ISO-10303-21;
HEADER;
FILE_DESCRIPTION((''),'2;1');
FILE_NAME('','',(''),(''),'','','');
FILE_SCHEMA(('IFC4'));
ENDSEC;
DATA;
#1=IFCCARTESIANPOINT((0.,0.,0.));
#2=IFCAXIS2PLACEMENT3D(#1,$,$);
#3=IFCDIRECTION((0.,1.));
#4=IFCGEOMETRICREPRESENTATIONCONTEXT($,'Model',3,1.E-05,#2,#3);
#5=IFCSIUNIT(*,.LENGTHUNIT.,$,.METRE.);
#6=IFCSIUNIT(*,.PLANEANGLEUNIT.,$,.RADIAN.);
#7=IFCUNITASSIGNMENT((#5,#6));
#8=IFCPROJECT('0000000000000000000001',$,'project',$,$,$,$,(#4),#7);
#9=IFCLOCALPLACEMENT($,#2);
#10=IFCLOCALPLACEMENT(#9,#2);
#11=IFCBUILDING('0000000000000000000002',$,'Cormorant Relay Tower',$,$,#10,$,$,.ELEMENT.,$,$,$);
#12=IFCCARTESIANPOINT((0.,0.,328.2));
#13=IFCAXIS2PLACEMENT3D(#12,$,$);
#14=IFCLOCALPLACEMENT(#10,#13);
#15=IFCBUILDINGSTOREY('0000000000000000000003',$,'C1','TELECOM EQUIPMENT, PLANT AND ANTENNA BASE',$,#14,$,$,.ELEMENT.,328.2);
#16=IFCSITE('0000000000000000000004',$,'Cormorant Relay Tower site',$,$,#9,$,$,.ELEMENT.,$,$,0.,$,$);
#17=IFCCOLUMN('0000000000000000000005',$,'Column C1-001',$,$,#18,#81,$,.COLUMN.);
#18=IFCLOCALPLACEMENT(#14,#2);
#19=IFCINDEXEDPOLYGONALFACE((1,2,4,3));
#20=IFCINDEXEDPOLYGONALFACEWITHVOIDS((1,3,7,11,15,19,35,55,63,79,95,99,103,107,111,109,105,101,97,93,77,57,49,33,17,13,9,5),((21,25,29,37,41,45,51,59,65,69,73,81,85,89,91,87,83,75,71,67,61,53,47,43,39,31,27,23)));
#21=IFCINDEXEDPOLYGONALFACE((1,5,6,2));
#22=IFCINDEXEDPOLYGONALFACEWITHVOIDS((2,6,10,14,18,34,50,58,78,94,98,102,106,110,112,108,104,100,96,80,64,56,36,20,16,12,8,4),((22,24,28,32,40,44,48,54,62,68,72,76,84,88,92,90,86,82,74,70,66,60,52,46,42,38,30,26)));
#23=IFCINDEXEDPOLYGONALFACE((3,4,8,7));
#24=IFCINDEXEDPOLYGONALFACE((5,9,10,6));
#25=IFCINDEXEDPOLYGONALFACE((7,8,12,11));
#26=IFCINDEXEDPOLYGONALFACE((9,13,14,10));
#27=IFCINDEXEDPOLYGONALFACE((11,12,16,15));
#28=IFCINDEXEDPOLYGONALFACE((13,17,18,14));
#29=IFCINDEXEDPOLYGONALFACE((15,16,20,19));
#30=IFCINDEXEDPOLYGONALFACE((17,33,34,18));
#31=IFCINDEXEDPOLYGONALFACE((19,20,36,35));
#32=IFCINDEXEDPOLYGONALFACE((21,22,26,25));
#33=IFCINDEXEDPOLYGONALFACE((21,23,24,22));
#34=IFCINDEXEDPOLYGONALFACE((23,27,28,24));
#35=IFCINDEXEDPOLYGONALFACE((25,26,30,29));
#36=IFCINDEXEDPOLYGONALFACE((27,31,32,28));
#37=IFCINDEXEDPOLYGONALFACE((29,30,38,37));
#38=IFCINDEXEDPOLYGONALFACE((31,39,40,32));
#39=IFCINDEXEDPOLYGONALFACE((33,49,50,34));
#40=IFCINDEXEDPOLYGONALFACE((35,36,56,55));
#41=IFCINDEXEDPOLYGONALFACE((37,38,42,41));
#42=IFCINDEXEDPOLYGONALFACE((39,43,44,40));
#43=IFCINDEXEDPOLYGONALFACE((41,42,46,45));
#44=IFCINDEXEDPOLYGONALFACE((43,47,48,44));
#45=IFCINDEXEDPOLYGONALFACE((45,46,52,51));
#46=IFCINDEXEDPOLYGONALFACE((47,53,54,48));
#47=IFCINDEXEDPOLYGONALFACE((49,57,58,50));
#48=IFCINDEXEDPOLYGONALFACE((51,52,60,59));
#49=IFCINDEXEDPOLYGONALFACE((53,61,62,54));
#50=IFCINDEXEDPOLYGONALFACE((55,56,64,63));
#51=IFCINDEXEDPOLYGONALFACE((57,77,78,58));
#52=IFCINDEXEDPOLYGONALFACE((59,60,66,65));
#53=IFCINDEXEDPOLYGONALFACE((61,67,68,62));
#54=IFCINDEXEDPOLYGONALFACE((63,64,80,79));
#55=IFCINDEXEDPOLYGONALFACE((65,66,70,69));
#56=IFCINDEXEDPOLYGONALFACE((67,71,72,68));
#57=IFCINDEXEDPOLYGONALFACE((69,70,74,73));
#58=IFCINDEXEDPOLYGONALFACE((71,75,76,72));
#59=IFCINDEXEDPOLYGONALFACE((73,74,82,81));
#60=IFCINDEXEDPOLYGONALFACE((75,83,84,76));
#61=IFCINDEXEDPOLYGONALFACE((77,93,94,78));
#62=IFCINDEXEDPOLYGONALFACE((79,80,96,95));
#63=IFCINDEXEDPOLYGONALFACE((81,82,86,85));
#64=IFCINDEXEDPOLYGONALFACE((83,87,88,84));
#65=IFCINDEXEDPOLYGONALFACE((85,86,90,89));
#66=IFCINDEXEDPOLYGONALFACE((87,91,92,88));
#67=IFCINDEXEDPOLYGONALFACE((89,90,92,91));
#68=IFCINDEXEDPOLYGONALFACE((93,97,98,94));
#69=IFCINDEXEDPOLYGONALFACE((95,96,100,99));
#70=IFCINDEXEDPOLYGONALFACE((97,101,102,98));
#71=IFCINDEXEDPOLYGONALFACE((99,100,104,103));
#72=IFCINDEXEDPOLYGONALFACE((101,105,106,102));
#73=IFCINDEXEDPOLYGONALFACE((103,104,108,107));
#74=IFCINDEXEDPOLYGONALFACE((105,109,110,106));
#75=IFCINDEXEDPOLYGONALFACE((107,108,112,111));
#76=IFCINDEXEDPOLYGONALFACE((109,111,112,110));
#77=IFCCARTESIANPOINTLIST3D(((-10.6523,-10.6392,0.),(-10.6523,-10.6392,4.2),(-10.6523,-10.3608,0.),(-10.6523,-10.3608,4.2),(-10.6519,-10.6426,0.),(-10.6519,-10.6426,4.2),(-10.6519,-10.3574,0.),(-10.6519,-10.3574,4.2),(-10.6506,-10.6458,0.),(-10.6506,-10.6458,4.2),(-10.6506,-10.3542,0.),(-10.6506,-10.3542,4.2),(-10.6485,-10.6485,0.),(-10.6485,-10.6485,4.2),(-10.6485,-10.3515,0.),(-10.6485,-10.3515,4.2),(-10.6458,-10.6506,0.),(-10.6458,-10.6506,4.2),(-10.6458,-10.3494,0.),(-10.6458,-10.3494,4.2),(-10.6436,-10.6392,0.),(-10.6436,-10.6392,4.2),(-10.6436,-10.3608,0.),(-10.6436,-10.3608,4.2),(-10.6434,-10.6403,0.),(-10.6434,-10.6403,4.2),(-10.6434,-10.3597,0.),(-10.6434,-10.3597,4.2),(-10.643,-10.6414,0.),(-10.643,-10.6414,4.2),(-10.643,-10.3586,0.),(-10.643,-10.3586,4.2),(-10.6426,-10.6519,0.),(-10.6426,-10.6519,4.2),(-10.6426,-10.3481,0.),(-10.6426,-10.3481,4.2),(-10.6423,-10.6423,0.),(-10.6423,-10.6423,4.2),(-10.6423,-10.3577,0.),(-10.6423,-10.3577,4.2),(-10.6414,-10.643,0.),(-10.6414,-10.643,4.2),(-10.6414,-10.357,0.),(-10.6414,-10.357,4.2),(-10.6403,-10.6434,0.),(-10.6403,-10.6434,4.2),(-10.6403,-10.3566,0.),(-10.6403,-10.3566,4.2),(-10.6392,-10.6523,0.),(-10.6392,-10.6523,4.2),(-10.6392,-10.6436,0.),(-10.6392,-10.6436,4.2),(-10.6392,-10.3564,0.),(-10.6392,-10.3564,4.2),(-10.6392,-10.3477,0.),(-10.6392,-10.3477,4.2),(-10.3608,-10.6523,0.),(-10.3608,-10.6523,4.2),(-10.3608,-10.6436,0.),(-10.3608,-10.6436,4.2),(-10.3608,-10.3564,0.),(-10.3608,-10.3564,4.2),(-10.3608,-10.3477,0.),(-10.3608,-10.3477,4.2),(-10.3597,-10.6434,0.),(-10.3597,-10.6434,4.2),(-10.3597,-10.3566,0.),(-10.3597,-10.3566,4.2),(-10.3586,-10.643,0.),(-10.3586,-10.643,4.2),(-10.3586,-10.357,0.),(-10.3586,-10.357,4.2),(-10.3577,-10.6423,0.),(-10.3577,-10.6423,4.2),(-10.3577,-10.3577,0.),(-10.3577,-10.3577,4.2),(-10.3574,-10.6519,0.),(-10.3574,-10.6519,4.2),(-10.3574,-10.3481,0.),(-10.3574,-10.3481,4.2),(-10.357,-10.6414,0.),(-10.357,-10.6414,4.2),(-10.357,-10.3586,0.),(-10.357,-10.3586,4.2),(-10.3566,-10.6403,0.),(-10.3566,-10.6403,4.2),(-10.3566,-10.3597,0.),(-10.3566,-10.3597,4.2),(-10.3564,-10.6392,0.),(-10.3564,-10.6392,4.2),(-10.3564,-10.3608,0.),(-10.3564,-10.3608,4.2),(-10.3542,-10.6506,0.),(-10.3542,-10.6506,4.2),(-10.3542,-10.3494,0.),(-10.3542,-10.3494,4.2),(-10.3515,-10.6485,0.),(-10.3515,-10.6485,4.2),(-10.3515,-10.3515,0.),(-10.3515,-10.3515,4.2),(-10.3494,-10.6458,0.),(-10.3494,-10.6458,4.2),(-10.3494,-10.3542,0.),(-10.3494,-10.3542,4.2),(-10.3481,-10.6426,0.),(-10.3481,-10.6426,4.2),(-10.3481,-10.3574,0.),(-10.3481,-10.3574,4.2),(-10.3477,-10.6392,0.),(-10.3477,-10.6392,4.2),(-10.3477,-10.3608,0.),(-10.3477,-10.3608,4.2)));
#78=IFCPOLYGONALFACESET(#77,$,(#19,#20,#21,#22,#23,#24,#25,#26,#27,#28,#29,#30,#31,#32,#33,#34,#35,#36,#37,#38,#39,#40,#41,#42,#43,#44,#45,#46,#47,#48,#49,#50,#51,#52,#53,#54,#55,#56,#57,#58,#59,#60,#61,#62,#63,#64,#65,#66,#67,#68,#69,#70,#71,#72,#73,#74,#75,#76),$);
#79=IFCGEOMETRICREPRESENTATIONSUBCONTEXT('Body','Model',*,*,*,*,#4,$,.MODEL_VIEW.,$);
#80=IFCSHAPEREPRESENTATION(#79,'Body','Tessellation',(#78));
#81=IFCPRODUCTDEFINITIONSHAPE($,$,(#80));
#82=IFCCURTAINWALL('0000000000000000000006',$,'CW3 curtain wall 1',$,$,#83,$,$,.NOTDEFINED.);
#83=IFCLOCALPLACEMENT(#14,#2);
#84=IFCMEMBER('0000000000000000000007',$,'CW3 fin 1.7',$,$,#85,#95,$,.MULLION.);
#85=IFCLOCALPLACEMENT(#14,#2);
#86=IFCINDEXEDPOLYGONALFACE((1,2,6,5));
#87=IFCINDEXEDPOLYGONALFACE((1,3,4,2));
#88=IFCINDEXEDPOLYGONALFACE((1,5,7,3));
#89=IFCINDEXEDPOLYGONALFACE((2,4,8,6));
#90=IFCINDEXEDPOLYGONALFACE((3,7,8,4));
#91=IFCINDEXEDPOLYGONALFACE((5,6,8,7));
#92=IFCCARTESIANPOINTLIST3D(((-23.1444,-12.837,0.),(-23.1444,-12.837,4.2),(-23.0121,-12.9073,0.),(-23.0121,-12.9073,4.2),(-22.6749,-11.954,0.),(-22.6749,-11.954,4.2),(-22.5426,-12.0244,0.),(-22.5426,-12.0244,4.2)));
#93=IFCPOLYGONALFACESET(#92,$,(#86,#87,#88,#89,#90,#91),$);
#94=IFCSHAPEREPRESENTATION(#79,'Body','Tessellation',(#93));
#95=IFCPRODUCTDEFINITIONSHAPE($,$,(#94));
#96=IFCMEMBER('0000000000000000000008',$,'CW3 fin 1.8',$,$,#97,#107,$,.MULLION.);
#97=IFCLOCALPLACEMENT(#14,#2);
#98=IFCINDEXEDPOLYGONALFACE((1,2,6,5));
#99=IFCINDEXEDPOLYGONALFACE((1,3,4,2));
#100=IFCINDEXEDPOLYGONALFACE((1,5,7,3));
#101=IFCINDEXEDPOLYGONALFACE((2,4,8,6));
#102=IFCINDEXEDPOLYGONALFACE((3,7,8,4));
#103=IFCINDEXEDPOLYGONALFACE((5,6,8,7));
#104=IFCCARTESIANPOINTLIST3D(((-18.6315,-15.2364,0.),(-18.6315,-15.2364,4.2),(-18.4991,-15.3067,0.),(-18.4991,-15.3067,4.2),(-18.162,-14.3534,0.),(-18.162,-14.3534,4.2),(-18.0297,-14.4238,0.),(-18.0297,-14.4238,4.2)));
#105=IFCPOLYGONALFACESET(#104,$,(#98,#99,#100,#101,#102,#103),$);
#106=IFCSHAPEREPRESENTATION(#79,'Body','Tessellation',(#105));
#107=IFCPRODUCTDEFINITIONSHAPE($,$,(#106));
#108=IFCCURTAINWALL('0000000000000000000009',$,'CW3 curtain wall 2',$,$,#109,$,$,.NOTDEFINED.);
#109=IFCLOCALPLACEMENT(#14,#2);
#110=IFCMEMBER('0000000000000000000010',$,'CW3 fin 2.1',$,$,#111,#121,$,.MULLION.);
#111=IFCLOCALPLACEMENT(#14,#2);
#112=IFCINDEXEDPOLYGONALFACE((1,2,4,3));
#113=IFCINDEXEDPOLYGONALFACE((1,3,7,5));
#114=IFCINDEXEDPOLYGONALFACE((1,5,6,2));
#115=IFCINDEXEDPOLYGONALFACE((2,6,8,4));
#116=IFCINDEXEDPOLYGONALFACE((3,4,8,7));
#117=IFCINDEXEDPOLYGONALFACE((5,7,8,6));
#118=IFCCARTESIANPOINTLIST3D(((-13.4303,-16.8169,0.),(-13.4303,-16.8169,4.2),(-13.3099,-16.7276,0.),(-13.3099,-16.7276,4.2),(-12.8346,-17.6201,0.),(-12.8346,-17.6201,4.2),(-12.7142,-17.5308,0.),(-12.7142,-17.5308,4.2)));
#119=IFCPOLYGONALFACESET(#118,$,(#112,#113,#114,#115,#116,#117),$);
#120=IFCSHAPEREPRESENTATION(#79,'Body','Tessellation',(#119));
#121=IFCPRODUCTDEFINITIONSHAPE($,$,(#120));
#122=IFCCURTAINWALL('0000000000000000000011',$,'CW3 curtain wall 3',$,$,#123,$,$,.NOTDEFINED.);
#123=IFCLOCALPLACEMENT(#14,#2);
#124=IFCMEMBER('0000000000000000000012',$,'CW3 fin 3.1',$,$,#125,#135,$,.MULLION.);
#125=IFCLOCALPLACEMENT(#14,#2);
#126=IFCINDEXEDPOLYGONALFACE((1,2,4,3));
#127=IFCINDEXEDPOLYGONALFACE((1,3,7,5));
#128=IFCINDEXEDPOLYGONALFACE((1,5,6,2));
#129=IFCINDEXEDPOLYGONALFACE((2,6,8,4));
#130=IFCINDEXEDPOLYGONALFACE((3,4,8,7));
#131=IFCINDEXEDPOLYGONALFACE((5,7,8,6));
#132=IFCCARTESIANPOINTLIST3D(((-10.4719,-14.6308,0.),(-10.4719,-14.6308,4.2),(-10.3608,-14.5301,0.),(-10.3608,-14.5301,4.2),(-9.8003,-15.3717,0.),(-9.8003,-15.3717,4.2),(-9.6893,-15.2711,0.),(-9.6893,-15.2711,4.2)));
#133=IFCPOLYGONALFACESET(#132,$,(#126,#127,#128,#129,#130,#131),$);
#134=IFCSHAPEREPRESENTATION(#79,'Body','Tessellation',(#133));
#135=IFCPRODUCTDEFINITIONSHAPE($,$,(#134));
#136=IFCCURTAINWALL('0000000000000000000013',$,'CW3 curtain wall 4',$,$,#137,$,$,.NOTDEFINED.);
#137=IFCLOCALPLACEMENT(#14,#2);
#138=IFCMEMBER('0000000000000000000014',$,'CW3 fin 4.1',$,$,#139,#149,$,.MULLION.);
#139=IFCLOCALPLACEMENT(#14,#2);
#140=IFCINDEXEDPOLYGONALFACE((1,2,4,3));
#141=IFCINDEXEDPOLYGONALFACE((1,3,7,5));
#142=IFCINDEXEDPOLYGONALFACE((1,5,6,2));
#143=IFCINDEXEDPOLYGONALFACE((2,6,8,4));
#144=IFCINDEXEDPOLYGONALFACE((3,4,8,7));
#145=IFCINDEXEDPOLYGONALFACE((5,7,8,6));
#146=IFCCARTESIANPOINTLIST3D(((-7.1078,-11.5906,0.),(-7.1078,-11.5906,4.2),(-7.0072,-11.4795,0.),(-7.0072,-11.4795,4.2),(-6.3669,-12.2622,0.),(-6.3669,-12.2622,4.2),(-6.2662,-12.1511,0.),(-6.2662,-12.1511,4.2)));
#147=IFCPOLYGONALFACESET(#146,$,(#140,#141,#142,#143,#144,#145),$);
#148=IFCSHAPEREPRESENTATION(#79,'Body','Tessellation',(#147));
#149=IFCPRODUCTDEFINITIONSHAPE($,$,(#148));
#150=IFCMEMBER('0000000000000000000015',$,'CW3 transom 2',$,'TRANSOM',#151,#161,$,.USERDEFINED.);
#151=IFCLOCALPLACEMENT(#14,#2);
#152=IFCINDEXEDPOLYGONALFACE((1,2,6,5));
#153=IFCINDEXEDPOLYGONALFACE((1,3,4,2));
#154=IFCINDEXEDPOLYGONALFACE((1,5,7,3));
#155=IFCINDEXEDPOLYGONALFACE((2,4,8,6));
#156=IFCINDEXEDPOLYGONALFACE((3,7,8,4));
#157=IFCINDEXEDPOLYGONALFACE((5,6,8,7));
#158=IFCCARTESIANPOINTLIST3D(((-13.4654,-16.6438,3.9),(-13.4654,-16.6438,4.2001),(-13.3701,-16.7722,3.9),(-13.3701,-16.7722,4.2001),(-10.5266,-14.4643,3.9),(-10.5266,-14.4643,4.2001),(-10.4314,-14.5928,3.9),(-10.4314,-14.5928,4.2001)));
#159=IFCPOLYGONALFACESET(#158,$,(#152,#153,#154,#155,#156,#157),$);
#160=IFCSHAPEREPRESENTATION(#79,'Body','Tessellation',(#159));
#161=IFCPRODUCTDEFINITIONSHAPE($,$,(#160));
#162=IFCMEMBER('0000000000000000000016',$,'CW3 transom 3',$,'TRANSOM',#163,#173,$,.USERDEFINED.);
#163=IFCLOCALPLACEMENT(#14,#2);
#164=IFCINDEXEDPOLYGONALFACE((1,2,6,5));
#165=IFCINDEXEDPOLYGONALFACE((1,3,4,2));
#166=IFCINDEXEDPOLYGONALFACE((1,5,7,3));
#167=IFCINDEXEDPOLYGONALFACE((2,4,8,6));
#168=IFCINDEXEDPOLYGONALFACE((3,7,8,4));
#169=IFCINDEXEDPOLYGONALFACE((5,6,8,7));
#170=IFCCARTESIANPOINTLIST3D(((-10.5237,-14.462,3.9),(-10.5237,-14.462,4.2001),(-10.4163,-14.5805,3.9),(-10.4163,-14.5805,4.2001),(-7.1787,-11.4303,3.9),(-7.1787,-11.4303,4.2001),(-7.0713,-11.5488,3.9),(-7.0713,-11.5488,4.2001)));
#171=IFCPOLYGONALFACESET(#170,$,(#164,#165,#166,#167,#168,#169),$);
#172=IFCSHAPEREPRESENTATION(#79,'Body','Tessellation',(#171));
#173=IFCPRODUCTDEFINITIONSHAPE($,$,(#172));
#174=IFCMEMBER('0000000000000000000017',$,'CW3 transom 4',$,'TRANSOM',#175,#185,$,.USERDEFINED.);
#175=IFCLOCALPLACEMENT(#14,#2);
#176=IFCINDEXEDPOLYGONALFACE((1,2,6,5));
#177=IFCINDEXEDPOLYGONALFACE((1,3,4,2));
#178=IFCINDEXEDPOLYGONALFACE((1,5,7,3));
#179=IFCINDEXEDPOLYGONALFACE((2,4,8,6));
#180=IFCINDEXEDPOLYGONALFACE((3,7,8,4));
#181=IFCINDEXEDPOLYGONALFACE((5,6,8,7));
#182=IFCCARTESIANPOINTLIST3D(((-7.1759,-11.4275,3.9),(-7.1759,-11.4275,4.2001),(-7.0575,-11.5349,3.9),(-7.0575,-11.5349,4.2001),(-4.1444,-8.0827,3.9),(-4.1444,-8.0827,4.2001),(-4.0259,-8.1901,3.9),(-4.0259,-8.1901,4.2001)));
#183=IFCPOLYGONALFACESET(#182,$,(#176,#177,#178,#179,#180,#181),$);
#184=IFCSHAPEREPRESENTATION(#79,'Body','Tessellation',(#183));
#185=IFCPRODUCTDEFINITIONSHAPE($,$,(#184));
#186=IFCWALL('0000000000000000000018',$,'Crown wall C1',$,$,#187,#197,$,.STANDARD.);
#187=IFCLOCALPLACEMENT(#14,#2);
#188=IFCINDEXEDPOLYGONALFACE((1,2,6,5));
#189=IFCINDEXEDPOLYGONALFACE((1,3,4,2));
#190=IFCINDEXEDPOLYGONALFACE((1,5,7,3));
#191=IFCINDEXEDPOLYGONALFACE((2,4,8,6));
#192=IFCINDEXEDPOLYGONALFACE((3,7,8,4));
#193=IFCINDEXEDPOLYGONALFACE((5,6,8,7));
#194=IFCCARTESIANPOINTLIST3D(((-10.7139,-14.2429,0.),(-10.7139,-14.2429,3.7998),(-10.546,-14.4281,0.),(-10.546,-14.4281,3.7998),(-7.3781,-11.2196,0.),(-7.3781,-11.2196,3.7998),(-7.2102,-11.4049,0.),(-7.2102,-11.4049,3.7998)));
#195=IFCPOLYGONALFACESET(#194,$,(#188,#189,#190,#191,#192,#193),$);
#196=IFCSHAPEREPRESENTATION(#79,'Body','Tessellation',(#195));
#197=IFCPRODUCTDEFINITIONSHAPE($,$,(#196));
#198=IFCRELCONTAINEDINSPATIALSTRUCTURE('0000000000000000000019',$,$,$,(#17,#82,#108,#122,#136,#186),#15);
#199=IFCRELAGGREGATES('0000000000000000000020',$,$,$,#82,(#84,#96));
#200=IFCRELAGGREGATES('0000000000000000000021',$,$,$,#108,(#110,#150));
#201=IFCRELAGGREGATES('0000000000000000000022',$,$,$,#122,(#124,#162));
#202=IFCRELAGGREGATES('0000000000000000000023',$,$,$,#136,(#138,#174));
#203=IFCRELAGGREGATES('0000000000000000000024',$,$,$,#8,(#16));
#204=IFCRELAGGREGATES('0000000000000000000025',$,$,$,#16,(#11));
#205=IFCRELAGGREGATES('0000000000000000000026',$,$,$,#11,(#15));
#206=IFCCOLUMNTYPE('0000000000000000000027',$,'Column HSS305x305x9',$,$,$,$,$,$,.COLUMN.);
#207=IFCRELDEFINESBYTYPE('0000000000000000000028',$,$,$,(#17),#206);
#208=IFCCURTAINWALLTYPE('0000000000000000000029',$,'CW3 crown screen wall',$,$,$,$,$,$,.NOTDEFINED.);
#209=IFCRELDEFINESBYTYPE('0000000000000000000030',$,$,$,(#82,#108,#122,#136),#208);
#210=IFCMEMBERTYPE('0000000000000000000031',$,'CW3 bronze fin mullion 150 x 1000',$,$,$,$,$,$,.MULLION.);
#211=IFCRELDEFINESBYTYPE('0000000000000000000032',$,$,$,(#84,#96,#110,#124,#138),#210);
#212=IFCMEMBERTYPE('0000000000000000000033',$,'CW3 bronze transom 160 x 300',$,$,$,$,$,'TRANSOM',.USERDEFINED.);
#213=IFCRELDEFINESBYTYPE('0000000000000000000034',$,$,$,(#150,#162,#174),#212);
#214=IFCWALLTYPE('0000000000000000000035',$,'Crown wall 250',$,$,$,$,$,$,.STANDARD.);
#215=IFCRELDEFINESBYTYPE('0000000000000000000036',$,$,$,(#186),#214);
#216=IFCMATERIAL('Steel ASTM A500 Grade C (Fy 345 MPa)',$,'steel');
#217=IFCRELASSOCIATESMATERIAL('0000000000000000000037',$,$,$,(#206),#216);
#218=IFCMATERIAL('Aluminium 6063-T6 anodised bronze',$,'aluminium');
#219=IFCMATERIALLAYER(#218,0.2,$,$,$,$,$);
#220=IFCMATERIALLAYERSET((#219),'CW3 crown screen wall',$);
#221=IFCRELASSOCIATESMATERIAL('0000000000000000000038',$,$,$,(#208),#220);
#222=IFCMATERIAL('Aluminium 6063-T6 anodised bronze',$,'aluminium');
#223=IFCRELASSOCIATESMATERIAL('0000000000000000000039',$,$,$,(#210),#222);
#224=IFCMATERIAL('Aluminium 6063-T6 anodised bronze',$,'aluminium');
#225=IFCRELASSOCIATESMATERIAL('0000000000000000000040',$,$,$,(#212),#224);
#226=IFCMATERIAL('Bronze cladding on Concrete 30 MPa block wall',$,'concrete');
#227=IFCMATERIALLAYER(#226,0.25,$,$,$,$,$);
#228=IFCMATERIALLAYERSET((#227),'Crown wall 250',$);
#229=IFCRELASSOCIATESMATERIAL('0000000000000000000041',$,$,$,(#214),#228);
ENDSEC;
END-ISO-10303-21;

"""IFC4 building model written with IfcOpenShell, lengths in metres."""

from ifc_helpers import new_model, si_unit, direction, frame, frame_2d, origin, origin_2d, place, context, subcontext, project, spatial, rectangle, hollow_rectangle, extrude, material, layer, layer_set, material_profile, profile_set, type_object, element, aggregate, save


model = new_model("IFC4")

# Units and contexts
model_context = context("Model", 3, precision=1e-05, world=origin(), true_north=direction((0.0, 1.0)))
body_context = subcontext(model_context, "Body", "Model", "MODEL_VIEW")
ifc_project = project(units=[si_unit("LENGTHUNIT", "METRE"), si_unit("PLANEANGLEUNIT", "RADIAN")], contexts=[model_context])

# Site, building, storey
site_placement = place(None, origin())
site = spatial("IfcSite", under=ifc_project, at=site_placement, Name="Cormorant Relay Tower site", CompositionType="ELEMENT", RefElevation=0.0)
building_placement = place(site_placement, origin())
building = spatial("IfcBuilding", under=site, at=building_placement, Name="Cormorant Relay Tower", CompositionType="ELEMENT")
storey_placement = place(building_placement, frame((0.0, 0.0, 328.2)))
storey = spatial("IfcBuildingStorey", under=building, at=storey_placement, Name="C1", Description="TELECOM EQUIPMENT, PLANT AND ANTENNA BASE", CompositionType="ELEMENT", Elevation=328.2)

# Column
ifc_material_1 = material(Name="Steel ASTM A500 Grade C (Fy 345 MPa)", Category="steel")
ifc_material_profile_1 = material_profile(ifc_material_1, hollow_rectangle(XDim=0.3047, YDim=0.3047, WallThickness=0.0088, InnerFilletRadius=0.0044, OuterFilletRadius=0.0132, at=origin_2d()), Name="HSS305x305x9")
ifc_profile_set_1 = profile_set([ifc_material_profile_1], Name="Steel ASTM A500 Grade C (Fy 345 MPa)")
column_type = type_object("IfcColumnType", Name="Column HSS305x305x9", PredefinedType="COLUMN", material=ifc_profile_set_1)
column_placement = place(storey_placement, frame((-10.5, -10.5, 0.0), z_axis=(0.0, 0.0, 1.0), x_axis=(1.0, 0.0, 0.0)))
element("IfcColumn", 1, at=column_placement, inside=storey, type_object=column_type, Name="Column C1-001", PredefinedType="COLUMN", context=body_context, shape_type="SweptSolid", body=[
    extrude(hollow_rectangle(XDim=0.3047, YDim=0.3047, WallThickness=0.0088, InnerFilletRadius=0.0044, OuterFilletRadius=0.0132, at=origin_2d()), origin(), (0.0, 0.0, 1.0), 4.2),
])

# Curtain wall, members
ifc_material_2 = material(Name="Aluminium 6063-T6 anodised bronze", Category="aluminium")
ifc_layer_1 = layer(ifc_material_2, 0.2)
ifc_layer_set_1 = layer_set([ifc_layer_1], Name="CW3 crown screen wall")
curtain_wall_type = type_object("IfcCurtainWallType", Name="CW3 crown screen wall", PredefinedType="NOTDEFINED", material=ifc_layer_set_1)
curtain_wall_1_placement = place(storey_placement, origin())
curtain_wall_1 = element("IfcCurtainWall", 2, at=curtain_wall_1_placement, inside=storey, type_object=curtain_wall_type, Name="CW3 curtain wall 1", PredefinedType="NOTDEFINED")
ifc_material_3 = material(Name="Aluminium 6063-T6 anodised bronze", Category="aluminium")
ifc_material_profile_2 = material_profile(ifc_material_3, rectangle(XDim=0.1499, YDim=1.0, at=origin_2d()), Name="AL 150x1000")
ifc_profile_set_2 = profile_set([ifc_material_profile_2], Name="Aluminium 6063-T6 anodised bronze")
member_type_1 = type_object("IfcMemberType", Name="CW3 bronze fin mullion 150 x 1000", PredefinedType="MULLION", material=ifc_profile_set_2)
member_1_placement = place(storey_placement, frame((-22.8435, -12.4307, 0.0), z_axis=(0.0, 0.0, 1.0), x_axis=(0.882948, -0.469472, 0.0)))
member_1 = element("IfcMember", 3, at=member_1_placement, type_object=member_type_1, Name="CW3 fin 1.7", PredefinedType="MULLION", context=body_context, shape_type="SweptSolid", body=[
    extrude(rectangle(XDim=0.1499, YDim=1.0, at=origin_2d()), origin(), (0.0, 0.0, 1.0), 4.2),
])
member_2_placement = place(storey_placement, frame((-18.3306, -14.8301, 0.0), z_axis=(0.0, 0.0, 1.0), x_axis=(0.882948, -0.469472, 0.0)))
member_2 = element("IfcMember", 4, at=member_2_placement, type_object=member_type_1, Name="CW3 fin 1.8", PredefinedType="MULLION", context=body_context, shape_type="SweptSolid", body=[
    extrude(rectangle(XDim=0.1499, YDim=1.0, at=origin_2d()), origin(), (0.0, 0.0, 1.0), 4.2),
])

# Curtain walls, members
curtain_wall_2_placement = place(storey_placement, origin())
curtain_wall_2 = element("IfcCurtainWall", 5, at=curtain_wall_2_placement, inside=storey, type_object=curtain_wall_type, Name="CW3 curtain wall 2", PredefinedType="NOTDEFINED")
member_3_placement = place(storey_placement, frame((-13.0723, -17.1738, 0.0), z_axis=(0.0, 0.0, 1.0), x_axis=(0.803208, 0.595699, 0.0)))
member_3 = element("IfcMember", 6, at=member_3_placement, type_object=member_type_1, Name="CW3 fin 2.1", PredefinedType="MULLION", context=body_context, shape_type="SweptSolid", body=[
    extrude(rectangle(XDim=0.1499, YDim=1.0, at=origin_2d()), origin(), (0.0, 0.0, 1.0), 4.2),
])
curtain_wall_3_placement = place(storey_placement, origin())
curtain_wall_3 = element("IfcCurtainWall", 7, at=curtain_wall_3_placement, inside=storey, type_object=curtain_wall_type, Name="CW3 curtain wall 3", PredefinedType="NOTDEFINED")
member_4_placement = place(storey_placement, frame((-10.0806, -14.9509, 0.0), z_axis=(0.0, 0.0, 1.0), x_axis=(0.740951, 0.671559, 0.0)))
member_4 = element("IfcMember", 8, at=member_4_placement, type_object=member_type_1, Name="CW3 fin 3.1", PredefinedType="MULLION", context=body_context, shape_type="SweptSolid", body=[
    extrude(rectangle(XDim=0.1499, YDim=1.0, at=origin_2d()), origin(), (0.0, 0.0, 1.0), 4.2),
])
curtain_wall_4_placement = place(storey_placement, origin())
curtain_wall_4 = element("IfcCurtainWall", 9, at=curtain_wall_4_placement, inside=storey, type_object=curtain_wall_type, Name="CW3 curtain wall 4", PredefinedType="NOTDEFINED")
member_5_placement = place(storey_placement, frame((-6.687, -11.8708, 0.0), z_axis=(0.0, 0.0, 1.0), x_axis=(0.671559, 0.740951, 0.0)))
member_5 = element("IfcMember", 10, at=member_5_placement, type_object=member_type_1, Name="CW3 fin 4.1", PredefinedType="MULLION", context=body_context, shape_type="SweptSolid", body=[
    extrude(rectangle(XDim=0.1499, YDim=1.0, at=origin_2d()), origin(), (0.0, 0.0, 1.0), 4.2),
])

# Members
ifc_material_4 = material(Name="Aluminium 6063-T6 anodised bronze", Category="aluminium")
ifc_material_profile_3 = material_profile(ifc_material_4, rectangle(XDim=0.1599, YDim=0.3, at=origin_2d()), Name="AL 160x300")
ifc_profile_set_3 = profile_set([ifc_material_profile_3], Name="Aluminium 6063-T6 anodised bronze")
member_type_2 = type_object("IfcMemberType", Name="CW3 bronze transom 160 x 300", ElementType="TRANSOM", PredefinedType="USERDEFINED", material=ifc_profile_set_3)
member_6_placement = place(storey_placement, frame((-13.4177, -16.708, 4.05), z_axis=(0.803215, 0.595689, 0.0), x_axis=(-0.595689, 0.803215, 0.0)))
member_6 = element("IfcMember", 11, at=member_6_placement, type_object=member_type_2, Name="CW3 transom 2", ObjectType="TRANSOM", PredefinedType="USERDEFINED", context=body_context, shape_type="SweptSolid", body=[
    extrude(rectangle(XDim=0.1599, YDim=0.3, at=origin_2d()), origin(), (0.0, 0.0, 1.0), 3.6587),
])
member_7_placement = place(storey_placement, frame((-10.47, -14.5212, 4.05), z_axis=(0.740947, 0.671563, 0.0), x_axis=(-0.671563, 0.740947, 0.0)))
member_7 = element("IfcMember", 12, at=member_7_placement, type_object=member_type_2, Name="CW3 transom 3", ObjectType="TRANSOM", PredefinedType="USERDEFINED", context=body_context, shape_type="SweptSolid", body=[
    extrude(rectangle(XDim=0.1599, YDim=0.3, at=origin_2d()), origin(), (0.0, 0.0, 1.0), 4.5144),
])
member_8_placement = place(storey_placement, frame((-7.1167, -11.4812, 4.05), z_axis=(0.67156, 0.74095, 0.0), x_axis=(-0.74095, 0.67156, 0.0)))
member_8 = element("IfcMember", 13, at=member_8_placement, type_object=member_type_2, Name="CW3 transom 4", ObjectType="TRANSOM", PredefinedType="USERDEFINED", context=body_context, shape_type="SweptSolid", body=[
    extrude(rectangle(XDim=0.1599, YDim=0.3, at=origin_2d()), origin(), (0.0, 0.0, 1.0), 4.5142),
])

# Wall
ifc_material_5 = material(Name="Bronze cladding on Concrete 30 MPa block wall", Category="concrete")
ifc_layer_2 = layer(ifc_material_5, 0.25)
ifc_layer_set_2 = layer_set([ifc_layer_2], Name="Crown wall 250")
wall_type = type_object("IfcWallType", Name="Crown wall 250", PredefinedType="STANDARD", material=ifc_layer_set_2)
wall_1_placement = place(storey_placement, frame((-7.2942, -11.3123, 0.0), z_axis=(0.0, 0.0, 1.0), x_axis=(-0.740962, -0.671546, 0.0)))
element("IfcWall", 14, at=wall_1_placement, inside=storey, type_object=wall_type, Name="Crown wall C1", PredefinedType="STANDARD", context=body_context, shape_type="SweptSolid", body=[
    extrude(rectangle(XDim=4.502, YDim=0.25, at=frame_2d((2.251, 0.0))), origin(), (0.0, 0.0, 1.0), 3.7998),
])

aggregate(curtain_wall_1, [member_1, member_2])
aggregate(curtain_wall_2, [member_3, member_6])
aggregate(curtain_wall_3, [member_4, member_7])
aggregate(curtain_wall_4, [member_5, member_8])

save(model, "model.ifc")
